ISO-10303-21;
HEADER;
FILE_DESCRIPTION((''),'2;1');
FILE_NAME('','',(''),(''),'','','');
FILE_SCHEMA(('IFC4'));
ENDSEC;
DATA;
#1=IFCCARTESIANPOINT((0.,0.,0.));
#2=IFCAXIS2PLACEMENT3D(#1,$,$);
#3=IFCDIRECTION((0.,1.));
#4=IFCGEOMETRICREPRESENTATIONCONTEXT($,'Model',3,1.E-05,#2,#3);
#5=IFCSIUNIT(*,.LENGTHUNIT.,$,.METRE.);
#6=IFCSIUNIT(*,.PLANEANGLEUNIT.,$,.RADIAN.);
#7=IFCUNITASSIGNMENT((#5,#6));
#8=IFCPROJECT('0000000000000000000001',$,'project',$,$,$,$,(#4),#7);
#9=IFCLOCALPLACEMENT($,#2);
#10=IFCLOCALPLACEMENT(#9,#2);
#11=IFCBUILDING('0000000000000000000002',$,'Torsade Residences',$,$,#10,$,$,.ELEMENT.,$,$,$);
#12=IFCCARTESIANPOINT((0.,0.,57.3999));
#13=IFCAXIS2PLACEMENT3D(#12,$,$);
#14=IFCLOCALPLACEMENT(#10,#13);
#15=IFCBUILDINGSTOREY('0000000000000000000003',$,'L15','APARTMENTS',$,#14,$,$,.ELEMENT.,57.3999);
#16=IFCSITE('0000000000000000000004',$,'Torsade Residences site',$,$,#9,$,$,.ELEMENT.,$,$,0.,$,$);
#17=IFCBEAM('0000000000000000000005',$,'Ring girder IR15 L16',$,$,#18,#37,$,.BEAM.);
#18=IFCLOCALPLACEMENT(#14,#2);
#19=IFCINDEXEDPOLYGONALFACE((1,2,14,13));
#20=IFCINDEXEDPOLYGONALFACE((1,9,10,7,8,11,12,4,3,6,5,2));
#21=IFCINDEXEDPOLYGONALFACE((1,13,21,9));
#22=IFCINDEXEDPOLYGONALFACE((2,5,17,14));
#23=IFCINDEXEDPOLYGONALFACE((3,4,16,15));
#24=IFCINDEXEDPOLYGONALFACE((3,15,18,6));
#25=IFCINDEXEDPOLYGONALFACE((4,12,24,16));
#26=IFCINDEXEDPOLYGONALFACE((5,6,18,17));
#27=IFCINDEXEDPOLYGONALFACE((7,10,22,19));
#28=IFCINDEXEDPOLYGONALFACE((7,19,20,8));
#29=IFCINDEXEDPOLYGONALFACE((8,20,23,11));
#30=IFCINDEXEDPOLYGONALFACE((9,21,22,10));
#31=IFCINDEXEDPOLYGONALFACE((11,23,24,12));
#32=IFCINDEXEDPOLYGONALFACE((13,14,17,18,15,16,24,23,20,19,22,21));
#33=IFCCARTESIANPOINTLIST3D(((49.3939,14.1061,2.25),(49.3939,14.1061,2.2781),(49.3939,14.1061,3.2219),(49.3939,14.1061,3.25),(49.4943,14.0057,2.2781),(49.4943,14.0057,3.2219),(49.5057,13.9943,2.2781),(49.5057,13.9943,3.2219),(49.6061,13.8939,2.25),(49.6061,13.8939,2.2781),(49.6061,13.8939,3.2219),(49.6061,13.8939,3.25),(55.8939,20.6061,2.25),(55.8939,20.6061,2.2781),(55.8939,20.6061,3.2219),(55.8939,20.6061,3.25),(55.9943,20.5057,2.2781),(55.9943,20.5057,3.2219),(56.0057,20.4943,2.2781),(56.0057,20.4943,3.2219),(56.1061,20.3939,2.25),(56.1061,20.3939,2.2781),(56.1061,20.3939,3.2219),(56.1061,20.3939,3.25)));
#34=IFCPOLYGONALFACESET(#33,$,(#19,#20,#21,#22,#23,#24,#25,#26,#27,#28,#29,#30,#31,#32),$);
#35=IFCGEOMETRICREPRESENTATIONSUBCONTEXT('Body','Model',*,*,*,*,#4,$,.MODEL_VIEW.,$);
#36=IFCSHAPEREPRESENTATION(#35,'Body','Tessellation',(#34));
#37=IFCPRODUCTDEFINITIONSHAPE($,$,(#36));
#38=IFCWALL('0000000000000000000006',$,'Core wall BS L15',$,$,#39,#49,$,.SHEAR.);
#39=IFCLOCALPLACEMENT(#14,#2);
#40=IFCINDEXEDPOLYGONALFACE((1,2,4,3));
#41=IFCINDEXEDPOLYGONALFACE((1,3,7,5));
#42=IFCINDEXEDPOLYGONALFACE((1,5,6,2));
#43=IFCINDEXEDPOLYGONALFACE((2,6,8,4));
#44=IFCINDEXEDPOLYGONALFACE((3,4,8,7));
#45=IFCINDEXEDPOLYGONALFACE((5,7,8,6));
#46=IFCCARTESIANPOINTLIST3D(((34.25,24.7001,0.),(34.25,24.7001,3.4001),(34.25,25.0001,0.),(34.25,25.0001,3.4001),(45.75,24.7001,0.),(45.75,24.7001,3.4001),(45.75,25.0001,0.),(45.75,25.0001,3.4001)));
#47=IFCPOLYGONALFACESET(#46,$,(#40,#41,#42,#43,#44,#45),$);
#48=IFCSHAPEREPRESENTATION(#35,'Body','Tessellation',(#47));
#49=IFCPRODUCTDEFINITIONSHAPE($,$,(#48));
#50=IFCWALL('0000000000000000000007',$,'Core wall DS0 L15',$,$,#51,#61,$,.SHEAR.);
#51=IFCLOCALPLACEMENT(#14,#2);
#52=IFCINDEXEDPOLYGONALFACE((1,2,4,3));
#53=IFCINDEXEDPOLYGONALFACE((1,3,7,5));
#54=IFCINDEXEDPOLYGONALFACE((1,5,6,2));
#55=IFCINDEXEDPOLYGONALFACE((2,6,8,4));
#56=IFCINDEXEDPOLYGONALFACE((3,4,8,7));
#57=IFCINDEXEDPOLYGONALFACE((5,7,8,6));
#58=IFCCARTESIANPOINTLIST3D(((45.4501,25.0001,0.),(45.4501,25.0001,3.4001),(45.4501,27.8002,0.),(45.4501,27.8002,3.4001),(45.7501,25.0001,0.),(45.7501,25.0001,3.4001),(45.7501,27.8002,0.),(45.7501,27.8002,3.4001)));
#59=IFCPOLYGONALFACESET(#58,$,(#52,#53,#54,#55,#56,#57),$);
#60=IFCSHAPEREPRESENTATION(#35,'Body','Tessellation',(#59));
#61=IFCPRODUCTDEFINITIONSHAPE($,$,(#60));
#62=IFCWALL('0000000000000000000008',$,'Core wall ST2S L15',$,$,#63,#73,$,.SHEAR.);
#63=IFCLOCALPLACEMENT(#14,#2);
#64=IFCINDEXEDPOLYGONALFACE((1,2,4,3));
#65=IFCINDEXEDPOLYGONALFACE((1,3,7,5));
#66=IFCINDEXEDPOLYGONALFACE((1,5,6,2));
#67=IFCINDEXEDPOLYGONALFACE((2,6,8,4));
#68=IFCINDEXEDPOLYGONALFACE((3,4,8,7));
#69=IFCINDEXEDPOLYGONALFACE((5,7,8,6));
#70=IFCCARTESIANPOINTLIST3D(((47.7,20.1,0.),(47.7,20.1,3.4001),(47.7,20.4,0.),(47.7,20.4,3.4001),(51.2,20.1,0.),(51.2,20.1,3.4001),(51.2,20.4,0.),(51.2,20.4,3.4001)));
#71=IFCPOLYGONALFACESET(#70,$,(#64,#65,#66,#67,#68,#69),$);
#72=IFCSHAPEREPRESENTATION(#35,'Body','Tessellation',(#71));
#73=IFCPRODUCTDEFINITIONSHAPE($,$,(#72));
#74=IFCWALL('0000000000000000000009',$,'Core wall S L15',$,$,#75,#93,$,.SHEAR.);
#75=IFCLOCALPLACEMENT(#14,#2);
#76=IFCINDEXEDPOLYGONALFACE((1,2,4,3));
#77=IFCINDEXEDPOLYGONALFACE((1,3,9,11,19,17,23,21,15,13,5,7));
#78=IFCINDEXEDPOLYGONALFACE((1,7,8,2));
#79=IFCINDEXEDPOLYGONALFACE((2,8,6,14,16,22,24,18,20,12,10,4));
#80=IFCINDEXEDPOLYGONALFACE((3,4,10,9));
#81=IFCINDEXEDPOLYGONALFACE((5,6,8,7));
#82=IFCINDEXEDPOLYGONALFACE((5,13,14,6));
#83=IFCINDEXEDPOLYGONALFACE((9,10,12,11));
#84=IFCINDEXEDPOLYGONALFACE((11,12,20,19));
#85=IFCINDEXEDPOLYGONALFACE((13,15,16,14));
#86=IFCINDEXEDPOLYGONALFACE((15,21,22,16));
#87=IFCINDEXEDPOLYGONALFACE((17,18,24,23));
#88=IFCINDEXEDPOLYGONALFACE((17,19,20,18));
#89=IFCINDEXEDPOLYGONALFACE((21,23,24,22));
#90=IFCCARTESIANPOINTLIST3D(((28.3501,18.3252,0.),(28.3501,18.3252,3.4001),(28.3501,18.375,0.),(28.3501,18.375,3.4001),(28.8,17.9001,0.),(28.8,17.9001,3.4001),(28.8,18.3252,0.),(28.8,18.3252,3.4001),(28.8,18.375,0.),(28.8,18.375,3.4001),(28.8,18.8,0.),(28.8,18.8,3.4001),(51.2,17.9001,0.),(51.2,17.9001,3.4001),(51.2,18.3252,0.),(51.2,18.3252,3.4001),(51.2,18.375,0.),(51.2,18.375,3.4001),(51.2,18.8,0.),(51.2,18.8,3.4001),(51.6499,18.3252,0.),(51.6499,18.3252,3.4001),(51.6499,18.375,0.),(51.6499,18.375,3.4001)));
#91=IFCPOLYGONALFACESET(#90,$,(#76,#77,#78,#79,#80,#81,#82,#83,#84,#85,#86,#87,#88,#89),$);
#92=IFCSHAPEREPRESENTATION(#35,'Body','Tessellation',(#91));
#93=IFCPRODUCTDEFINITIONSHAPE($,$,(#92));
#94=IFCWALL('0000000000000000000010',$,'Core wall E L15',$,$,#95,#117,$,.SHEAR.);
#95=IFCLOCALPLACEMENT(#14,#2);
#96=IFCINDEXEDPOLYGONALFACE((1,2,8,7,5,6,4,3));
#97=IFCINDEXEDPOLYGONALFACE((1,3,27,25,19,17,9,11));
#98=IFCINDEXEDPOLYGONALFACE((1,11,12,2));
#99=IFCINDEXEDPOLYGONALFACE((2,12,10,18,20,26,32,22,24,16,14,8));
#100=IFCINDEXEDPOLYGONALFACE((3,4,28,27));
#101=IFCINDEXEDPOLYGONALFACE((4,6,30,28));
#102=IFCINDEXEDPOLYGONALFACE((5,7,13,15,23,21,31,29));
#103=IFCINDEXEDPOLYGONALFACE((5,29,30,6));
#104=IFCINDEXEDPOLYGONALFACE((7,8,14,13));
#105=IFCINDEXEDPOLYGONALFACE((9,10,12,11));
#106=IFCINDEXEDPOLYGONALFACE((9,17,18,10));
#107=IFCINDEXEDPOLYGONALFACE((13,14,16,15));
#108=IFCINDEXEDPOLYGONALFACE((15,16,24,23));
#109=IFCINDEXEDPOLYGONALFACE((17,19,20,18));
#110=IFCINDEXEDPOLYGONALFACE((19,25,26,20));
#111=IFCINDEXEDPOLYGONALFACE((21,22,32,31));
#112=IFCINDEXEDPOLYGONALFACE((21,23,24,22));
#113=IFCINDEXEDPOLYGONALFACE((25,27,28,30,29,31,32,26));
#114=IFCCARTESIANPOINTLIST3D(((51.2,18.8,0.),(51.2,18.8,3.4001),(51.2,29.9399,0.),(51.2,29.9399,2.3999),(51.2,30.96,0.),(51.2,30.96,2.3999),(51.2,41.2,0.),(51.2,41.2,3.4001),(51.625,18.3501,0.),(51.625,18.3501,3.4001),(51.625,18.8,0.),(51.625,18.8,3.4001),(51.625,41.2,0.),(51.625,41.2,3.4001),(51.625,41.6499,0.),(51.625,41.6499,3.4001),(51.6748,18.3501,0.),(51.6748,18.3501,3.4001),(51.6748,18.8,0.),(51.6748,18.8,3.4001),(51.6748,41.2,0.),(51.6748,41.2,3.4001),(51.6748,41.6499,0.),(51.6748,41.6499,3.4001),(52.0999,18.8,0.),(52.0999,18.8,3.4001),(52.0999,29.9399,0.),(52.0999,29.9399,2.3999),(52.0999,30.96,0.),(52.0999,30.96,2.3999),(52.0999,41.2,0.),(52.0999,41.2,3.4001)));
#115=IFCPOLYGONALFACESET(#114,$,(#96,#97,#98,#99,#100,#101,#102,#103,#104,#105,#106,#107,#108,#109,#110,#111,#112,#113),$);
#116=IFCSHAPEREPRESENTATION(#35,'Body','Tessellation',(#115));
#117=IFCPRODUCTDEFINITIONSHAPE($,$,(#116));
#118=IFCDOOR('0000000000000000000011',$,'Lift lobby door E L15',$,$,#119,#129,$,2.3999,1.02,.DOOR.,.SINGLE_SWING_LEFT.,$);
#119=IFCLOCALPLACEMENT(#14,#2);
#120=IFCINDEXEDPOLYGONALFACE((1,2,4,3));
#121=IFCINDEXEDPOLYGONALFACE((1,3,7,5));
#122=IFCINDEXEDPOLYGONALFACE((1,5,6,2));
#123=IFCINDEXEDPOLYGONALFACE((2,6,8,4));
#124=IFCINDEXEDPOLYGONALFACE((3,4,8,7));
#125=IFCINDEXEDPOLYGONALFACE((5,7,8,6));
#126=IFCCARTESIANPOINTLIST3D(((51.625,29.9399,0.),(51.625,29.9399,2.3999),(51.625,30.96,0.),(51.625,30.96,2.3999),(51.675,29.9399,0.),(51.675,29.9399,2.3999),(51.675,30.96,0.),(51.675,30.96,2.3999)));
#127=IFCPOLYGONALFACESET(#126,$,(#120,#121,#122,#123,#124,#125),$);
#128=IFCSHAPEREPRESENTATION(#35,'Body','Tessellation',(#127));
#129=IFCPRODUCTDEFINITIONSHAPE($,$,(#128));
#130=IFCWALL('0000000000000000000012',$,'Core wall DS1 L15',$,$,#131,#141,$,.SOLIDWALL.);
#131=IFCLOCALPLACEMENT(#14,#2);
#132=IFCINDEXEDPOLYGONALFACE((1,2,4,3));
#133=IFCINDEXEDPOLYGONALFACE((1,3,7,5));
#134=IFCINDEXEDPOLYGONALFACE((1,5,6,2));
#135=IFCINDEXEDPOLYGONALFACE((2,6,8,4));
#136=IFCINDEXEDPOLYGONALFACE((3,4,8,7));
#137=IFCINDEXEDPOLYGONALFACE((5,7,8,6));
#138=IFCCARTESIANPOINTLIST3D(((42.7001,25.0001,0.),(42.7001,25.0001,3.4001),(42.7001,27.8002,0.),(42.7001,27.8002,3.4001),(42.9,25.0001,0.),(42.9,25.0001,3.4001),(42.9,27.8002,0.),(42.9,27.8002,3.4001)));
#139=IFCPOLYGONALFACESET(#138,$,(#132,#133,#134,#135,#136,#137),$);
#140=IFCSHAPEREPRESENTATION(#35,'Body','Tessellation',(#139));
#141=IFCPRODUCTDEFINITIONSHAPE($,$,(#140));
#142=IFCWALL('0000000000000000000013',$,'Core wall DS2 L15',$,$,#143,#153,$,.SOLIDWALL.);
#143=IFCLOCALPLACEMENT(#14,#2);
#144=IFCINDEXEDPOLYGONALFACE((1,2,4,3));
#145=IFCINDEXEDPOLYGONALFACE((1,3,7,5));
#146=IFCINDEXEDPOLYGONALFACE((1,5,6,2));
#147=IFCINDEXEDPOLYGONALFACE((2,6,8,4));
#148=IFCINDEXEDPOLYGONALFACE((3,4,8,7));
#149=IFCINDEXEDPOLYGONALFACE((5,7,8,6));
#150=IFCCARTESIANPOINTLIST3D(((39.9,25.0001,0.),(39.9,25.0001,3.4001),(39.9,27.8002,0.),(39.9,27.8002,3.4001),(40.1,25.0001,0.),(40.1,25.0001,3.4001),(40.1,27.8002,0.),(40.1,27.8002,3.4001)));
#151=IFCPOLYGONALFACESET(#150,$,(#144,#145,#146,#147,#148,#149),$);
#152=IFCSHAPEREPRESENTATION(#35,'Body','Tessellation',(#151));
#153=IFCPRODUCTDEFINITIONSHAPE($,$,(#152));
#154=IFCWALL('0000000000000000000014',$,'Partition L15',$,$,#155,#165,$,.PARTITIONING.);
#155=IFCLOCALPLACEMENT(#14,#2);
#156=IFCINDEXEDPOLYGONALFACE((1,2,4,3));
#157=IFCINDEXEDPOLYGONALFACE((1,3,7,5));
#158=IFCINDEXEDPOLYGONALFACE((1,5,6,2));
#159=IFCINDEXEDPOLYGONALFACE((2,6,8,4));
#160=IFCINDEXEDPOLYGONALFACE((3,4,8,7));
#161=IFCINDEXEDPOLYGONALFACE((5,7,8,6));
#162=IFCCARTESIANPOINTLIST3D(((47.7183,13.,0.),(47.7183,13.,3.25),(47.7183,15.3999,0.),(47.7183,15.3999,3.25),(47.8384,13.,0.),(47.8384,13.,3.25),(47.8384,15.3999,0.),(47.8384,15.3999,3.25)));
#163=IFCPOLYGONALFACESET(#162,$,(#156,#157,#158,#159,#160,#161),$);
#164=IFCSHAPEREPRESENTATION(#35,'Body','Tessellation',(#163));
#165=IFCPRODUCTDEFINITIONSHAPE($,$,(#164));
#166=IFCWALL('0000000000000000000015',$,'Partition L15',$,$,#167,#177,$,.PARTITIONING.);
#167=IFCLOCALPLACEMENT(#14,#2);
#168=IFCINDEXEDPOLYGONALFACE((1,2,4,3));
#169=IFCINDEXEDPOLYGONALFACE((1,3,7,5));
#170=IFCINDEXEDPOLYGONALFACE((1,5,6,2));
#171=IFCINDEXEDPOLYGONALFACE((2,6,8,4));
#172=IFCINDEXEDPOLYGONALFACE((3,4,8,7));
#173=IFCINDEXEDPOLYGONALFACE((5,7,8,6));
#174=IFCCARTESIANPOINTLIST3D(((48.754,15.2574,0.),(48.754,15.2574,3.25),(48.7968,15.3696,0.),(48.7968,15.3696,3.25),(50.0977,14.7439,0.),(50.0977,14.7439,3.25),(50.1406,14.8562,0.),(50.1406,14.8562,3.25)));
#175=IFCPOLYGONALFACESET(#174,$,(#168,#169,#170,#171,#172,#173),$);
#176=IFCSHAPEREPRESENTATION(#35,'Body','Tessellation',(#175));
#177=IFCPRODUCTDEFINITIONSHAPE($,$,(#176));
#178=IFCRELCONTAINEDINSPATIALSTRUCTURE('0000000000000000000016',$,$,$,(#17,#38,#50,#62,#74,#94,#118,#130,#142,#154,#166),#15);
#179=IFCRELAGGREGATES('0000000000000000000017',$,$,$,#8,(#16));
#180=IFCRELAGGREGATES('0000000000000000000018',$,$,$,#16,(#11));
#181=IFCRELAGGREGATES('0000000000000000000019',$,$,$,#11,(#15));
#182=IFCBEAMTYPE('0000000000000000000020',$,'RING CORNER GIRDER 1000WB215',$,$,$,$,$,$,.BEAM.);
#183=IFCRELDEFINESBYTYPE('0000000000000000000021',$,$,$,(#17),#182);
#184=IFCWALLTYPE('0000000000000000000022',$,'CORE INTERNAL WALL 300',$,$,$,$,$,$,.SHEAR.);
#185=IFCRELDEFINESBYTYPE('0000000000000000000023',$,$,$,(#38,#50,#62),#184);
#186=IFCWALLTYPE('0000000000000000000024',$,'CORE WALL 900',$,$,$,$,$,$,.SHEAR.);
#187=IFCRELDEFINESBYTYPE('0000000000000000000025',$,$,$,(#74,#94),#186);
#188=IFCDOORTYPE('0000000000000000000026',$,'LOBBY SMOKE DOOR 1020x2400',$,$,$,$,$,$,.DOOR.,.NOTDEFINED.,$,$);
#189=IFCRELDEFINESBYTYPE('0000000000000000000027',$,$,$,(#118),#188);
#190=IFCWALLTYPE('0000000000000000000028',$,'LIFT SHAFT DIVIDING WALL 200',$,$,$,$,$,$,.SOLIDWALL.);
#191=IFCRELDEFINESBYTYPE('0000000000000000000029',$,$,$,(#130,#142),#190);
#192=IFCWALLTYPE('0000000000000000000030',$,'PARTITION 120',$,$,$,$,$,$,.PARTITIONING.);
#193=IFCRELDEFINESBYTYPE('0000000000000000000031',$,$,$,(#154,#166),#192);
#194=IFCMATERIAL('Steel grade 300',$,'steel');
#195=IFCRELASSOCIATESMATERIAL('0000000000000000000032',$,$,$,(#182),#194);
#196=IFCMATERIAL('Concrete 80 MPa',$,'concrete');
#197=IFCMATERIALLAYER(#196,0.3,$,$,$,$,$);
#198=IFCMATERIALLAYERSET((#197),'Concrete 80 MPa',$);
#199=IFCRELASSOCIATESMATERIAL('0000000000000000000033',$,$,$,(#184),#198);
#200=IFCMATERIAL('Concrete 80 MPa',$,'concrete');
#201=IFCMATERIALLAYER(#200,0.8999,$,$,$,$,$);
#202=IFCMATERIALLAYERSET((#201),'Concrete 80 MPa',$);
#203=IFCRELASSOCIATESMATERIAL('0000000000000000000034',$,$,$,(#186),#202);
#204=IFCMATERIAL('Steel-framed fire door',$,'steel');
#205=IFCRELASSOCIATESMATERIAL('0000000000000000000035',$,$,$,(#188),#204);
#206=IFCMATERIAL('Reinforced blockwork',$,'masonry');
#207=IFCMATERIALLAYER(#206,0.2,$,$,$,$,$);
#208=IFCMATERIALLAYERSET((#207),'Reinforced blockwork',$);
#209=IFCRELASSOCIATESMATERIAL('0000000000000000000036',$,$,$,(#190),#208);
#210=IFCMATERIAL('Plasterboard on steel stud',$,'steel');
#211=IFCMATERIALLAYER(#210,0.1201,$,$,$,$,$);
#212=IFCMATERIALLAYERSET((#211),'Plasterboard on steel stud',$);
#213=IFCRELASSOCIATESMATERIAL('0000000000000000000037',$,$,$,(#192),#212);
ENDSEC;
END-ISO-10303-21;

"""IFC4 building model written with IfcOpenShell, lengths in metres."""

from ifc_helpers import new_model, si_unit, direction, frame, frame_2d, origin, origin_2d, place, context, subcontext, project, spatial, polyline, rectangle, i_section, outline, extrude, material, layer, layer_set, material_profile, profile_set, type_object, element, fill, save


model = new_model("IFC4")

# Units and contexts
model_context = context("Model", 3, precision=1e-05, world=origin(), true_north=direction((0.0, 1.0)))
body_context = subcontext(model_context, "Body", "Model", "MODEL_VIEW")
ifc_project = project(units=[si_unit("LENGTHUNIT", "METRE"), si_unit("PLANEANGLEUNIT", "RADIAN")], contexts=[model_context])

# Site, building, storey
site_placement = place(None, origin())
site = spatial("IfcSite", under=ifc_project, at=site_placement, Name="Torsade Residences site", CompositionType="ELEMENT", RefElevation=0.0)
building_placement = place(site_placement, origin())
building = spatial("IfcBuilding", under=site, at=building_placement, Name="Torsade Residences", CompositionType="ELEMENT")
storey_placement = place(building_placement, frame((0.0, 0.0, 57.3999)))
storey = spatial("IfcBuildingStorey", under=building, at=storey_placement, Name="L15", Description="APARTMENTS", CompositionType="ELEMENT", Elevation=57.3999)

# Beam
ifc_material_1 = material(Name="Steel grade 300", Category="steel")
ifc_material_profile_1 = material_profile(ifc_material_1, i_section(OverallWidth=0.3, OverallDepth=1.0, WebThickness=0.0161, FlangeThickness=0.0281, at=origin_2d()), Name="1000WB215")
ifc_profile_set_1 = profile_set([ifc_material_profile_1], Name="Steel grade 300")
beam_type_1 = type_object("IfcBeamType", Name="RING CORNER GIRDER 1000WB215", PredefinedType="BEAM", material=ifc_profile_set_1)
beam_1_placement = place(storey_placement, frame((49.5, 14.0, 2.75), z_axis=(0.707107, 0.707107, 0.0), x_axis=(-0.707107, 0.707107, 0.0)))
element("IfcBeam", 1, at=beam_1_placement, inside=storey, type_object=beam_type_1, Name="Ring girder IR15 L16", PredefinedType="BEAM", context=body_context, shape_type="SweptSolid", body=[
    extrude(i_section(OverallWidth=0.3, OverallDepth=1.0, WebThickness=0.0161, FlangeThickness=0.0281, at=origin_2d()), origin(), (0.0, 0.0, 1.0), 9.1924),
])

# Walls
ifc_material_2 = material(Name="Concrete 80 MPa", Category="concrete")
ifc_layer_1 = layer(ifc_material_2, 0.3)
ifc_layer_set_1 = layer_set([ifc_layer_1], Name="Concrete 80 MPa")
wall_type_1 = type_object("IfcWallType", Name="CORE INTERNAL WALL 300", PredefinedType="SHEAR", material=ifc_layer_set_1)
wall_1_placement = place(storey_placement, frame((45.75, 24.8501, 0.0), z_axis=(0.0, 0.0, 1.0), x_axis=(-1.0, 0.0, 0.0)))
element("IfcWall", 2, at=wall_1_placement, inside=storey, type_object=wall_type_1, Name="Core wall BS L15", PredefinedType="SHEAR", context=body_context, shape_type="SweptSolid", body=[
    extrude(rectangle(XDim=11.5, YDim=0.3, at=frame_2d((5.75, 0.0))), origin(), (0.0, 0.0, 1.0), 3.4001),
])
wall_2_placement = place(storey_placement, frame((45.6001, 27.8, 0.0), z_axis=(0.0, 0.0, 1.0), x_axis=(0.0, -1.0, 0.0)))
element("IfcWall", 3, at=wall_2_placement, inside=storey, type_object=wall_type_1, Name="Core wall DS0 L15", PredefinedType="SHEAR", context=body_context, shape_type="SweptSolid", body=[
    extrude(rectangle(XDim=2.8, YDim=0.3, at=frame_2d((1.3999, 0.0))), origin(), (0.0, 0.0, 1.0), 3.4001),
])
wall_3_placement = place(storey_placement, frame((51.2, 20.25, 0.0), z_axis=(0.0, 0.0, 1.0), x_axis=(-1.0, 0.0, 0.0)))
element("IfcWall", 4, at=wall_3_placement, inside=storey, type_object=wall_type_1, Name="Core wall ST2S L15", PredefinedType="SHEAR", context=body_context, shape_type="SweptSolid", body=[
    extrude(rectangle(XDim=3.5, YDim=0.3, at=frame_2d((1.75, 0.0))), origin(), (0.0, 0.0, 1.0), 3.4001),
])
ifc_material_3 = material(Name="Concrete 80 MPa", Category="concrete")
ifc_layer_2 = layer(ifc_material_3, 0.8999)
ifc_layer_set_2 = layer_set([ifc_layer_2], Name="Concrete 80 MPa")
wall_type_2 = type_object("IfcWallType", Name="CORE WALL 900", PredefinedType="SHEAR", material=ifc_layer_set_2)
wall_4_placement = place(storey_placement, frame((51.2, 18.3501, 0.0), z_axis=(0.0, 0.0, 1.0), x_axis=(-1.0, 0.0, 0.0)))
element("IfcWall", 5, at=wall_4_placement, inside=storey, type_object=wall_type_2, Name="Core wall S L15", PredefinedType="SHEAR", context=body_context, shape_type="SweptSolid", body=[
    extrude(outline(polyline([(0.0, -0.45), (22.3999, -0.45), (22.3999, -0.0249), (22.8499, -0.0249), (22.8499, 0.0249), (22.3999, 0.0249), (22.3999, 0.45), (0.0, 0.45), (0.0, 0.0249), (-0.45, 0.0249), (-0.45, -0.0249), (0.0, -0.0249), (0.0, -0.45)])), origin(), (0.0, 0.0, 1.0), 3.4001),
])

# Wall, opening, door
wall_5_placement = place(storey_placement, frame((51.6499, 18.8, 0.0), z_axis=(0.0, 0.0, 1.0), x_axis=(0.0, 1.0, 0.0)))
wall_5 = element("IfcWall", 6, at=wall_5_placement, inside=storey, type_object=wall_type_2, Name="Core wall E L15", PredefinedType="SHEAR", context=body_context, shape_type="SweptSolid", body=[
    extrude(outline(polyline([(0.0, -0.45), (22.3999, -0.45), (22.3999, -0.0249), (22.8499, -0.0249), (22.8499, 0.0249), (22.3999, 0.0249), (22.3999, 0.45), (0.0, 0.45), (0.0, 0.0249), (-0.45, 0.0249), (-0.45, -0.0249), (0.0, -0.0249), (0.0, -0.45)])), origin(), (0.0, 0.0, 1.0), 3.4001),
])
opening_1_placement = place(wall_5_placement, frame((11.1399, 0.0, 0.0)))
opening_1 = element("IfcOpeningElement", 7, at=opening_1_placement, cuts=wall_5, PredefinedType="OPENING", context=body_context, shape_type="SweptSolid", body=[
    extrude(rectangle(XDim=1.02, YDim=2.3999, at=frame_2d((0.51, 1.2))), frame((0.0, 0.46, 0.0), z_axis=(0.0, -1.0, 0.0), x_axis=(1.0, 0.0, 0.0)), (0.0, 0.0, 1.0), 0.9199),
])
ifc_material_4 = material(Name="Steel-framed fire door", Category="steel")
door_type_1 = type_object("IfcDoorType", Name="LOBBY SMOKE DOOR 1020x2400", OperationType="NOTDEFINED", PredefinedType="DOOR", material=ifc_material_4)
door_1_placement = place(opening_1_placement, origin())
door_1 = element("IfcDoor", 8, at=door_1_placement, inside=storey, type_object=door_type_1, Name="Lift lobby door E L15", OperationType="SINGLE_SWING_LEFT", OverallHeight=2.3999, OverallWidth=1.02, PredefinedType="DOOR", context=body_context, shape_type="SweptSolid", body=[
    extrude(rectangle(XDim=1.02, YDim=2.3999, at=frame_2d((0.51, 1.2))), frame((0.0, 0.0249, 0.0), z_axis=(0.0, -1.0, 0.0), x_axis=(1.0, 0.0, 0.0)), (0.0, 0.0, 1.0), 0.05),
])
fill(opening_1, door_1)

# Walls
ifc_material_5 = material(Name="Reinforced blockwork", Category="masonry")
ifc_layer_3 = layer(ifc_material_5, 0.2)
ifc_layer_set_3 = layer_set([ifc_layer_3], Name="Reinforced blockwork")
wall_type_3 = type_object("IfcWallType", Name="LIFT SHAFT DIVIDING WALL 200", PredefinedType="SOLIDWALL", material=ifc_layer_set_3)
for number, where, z_axis, x_axis, name in (
    (9, (42.8, 27.8, 0.0), (0.0, 0.0, 1.0), (0.0, -1.0, 0.0), "Core wall DS1 L15"),
    (10, (40.0, 27.8, 0.0), (0.0, 0.0, 1.0), (0.0, -1.0, 0.0), "Core wall DS2 L15"),
):
    element("IfcWall", number, at=place(storey_placement, frame(where, z_axis=z_axis, x_axis=x_axis)), inside=storey, type_object=wall_type_3, Name=name, PredefinedType="SOLIDWALL", context=body_context, shape_type="SweptSolid", body=[
        extrude(rectangle(XDim=2.8, YDim=0.2, at=frame_2d((1.3999, 0.0))), origin(), (0.0, 0.0, 1.0), 3.4001),
    ])
ifc_material_6 = material(Name="Plasterboard on steel stud", Category="steel")
ifc_layer_4 = layer(ifc_material_6, 0.1201)
ifc_layer_set_4 = layer_set([ifc_layer_4], Name="Plasterboard on steel stud")
wall_type_4 = type_object("IfcWallType", Name="PARTITION 120", PredefinedType="PARTITIONING", material=ifc_layer_set_4)
wall_6_placement = place(storey_placement, frame((47.7783, 15.3999, 0.0), z_axis=(0.0, 0.0, 1.0), x_axis=(0.0, -1.0, 0.0)))
element("IfcWall", 11, at=wall_6_placement, inside=storey, type_object=wall_type_4, Name="Partition L15", PredefinedType="PARTITIONING", context=body_context, shape_type="SweptSolid", body=[
    extrude(rectangle(XDim=2.3999, YDim=0.1201, at=frame_2d((1.2, 0.0))), origin(), (0.0, 0.0, 1.0), 3.25),
])
wall_7_placement = place(storey_placement, frame((50.1191, 14.8, 0.0), z_axis=(0.0, 0.0, 1.0), x_axis=(-0.934135, 0.35692, 0.0)))
element("IfcWall", 12, at=wall_7_placement, inside=storey, type_object=wall_type_4, Name="Partition L15", PredefinedType="PARTITIONING", context=body_context, shape_type="SweptSolid", body=[
    extrude(rectangle(XDim=1.4385, YDim=0.1201, at=frame_2d((0.7192, 0.0))), origin(), (0.0, 0.0, 1.0), 3.25),
])

save(model, "model.ifc")
